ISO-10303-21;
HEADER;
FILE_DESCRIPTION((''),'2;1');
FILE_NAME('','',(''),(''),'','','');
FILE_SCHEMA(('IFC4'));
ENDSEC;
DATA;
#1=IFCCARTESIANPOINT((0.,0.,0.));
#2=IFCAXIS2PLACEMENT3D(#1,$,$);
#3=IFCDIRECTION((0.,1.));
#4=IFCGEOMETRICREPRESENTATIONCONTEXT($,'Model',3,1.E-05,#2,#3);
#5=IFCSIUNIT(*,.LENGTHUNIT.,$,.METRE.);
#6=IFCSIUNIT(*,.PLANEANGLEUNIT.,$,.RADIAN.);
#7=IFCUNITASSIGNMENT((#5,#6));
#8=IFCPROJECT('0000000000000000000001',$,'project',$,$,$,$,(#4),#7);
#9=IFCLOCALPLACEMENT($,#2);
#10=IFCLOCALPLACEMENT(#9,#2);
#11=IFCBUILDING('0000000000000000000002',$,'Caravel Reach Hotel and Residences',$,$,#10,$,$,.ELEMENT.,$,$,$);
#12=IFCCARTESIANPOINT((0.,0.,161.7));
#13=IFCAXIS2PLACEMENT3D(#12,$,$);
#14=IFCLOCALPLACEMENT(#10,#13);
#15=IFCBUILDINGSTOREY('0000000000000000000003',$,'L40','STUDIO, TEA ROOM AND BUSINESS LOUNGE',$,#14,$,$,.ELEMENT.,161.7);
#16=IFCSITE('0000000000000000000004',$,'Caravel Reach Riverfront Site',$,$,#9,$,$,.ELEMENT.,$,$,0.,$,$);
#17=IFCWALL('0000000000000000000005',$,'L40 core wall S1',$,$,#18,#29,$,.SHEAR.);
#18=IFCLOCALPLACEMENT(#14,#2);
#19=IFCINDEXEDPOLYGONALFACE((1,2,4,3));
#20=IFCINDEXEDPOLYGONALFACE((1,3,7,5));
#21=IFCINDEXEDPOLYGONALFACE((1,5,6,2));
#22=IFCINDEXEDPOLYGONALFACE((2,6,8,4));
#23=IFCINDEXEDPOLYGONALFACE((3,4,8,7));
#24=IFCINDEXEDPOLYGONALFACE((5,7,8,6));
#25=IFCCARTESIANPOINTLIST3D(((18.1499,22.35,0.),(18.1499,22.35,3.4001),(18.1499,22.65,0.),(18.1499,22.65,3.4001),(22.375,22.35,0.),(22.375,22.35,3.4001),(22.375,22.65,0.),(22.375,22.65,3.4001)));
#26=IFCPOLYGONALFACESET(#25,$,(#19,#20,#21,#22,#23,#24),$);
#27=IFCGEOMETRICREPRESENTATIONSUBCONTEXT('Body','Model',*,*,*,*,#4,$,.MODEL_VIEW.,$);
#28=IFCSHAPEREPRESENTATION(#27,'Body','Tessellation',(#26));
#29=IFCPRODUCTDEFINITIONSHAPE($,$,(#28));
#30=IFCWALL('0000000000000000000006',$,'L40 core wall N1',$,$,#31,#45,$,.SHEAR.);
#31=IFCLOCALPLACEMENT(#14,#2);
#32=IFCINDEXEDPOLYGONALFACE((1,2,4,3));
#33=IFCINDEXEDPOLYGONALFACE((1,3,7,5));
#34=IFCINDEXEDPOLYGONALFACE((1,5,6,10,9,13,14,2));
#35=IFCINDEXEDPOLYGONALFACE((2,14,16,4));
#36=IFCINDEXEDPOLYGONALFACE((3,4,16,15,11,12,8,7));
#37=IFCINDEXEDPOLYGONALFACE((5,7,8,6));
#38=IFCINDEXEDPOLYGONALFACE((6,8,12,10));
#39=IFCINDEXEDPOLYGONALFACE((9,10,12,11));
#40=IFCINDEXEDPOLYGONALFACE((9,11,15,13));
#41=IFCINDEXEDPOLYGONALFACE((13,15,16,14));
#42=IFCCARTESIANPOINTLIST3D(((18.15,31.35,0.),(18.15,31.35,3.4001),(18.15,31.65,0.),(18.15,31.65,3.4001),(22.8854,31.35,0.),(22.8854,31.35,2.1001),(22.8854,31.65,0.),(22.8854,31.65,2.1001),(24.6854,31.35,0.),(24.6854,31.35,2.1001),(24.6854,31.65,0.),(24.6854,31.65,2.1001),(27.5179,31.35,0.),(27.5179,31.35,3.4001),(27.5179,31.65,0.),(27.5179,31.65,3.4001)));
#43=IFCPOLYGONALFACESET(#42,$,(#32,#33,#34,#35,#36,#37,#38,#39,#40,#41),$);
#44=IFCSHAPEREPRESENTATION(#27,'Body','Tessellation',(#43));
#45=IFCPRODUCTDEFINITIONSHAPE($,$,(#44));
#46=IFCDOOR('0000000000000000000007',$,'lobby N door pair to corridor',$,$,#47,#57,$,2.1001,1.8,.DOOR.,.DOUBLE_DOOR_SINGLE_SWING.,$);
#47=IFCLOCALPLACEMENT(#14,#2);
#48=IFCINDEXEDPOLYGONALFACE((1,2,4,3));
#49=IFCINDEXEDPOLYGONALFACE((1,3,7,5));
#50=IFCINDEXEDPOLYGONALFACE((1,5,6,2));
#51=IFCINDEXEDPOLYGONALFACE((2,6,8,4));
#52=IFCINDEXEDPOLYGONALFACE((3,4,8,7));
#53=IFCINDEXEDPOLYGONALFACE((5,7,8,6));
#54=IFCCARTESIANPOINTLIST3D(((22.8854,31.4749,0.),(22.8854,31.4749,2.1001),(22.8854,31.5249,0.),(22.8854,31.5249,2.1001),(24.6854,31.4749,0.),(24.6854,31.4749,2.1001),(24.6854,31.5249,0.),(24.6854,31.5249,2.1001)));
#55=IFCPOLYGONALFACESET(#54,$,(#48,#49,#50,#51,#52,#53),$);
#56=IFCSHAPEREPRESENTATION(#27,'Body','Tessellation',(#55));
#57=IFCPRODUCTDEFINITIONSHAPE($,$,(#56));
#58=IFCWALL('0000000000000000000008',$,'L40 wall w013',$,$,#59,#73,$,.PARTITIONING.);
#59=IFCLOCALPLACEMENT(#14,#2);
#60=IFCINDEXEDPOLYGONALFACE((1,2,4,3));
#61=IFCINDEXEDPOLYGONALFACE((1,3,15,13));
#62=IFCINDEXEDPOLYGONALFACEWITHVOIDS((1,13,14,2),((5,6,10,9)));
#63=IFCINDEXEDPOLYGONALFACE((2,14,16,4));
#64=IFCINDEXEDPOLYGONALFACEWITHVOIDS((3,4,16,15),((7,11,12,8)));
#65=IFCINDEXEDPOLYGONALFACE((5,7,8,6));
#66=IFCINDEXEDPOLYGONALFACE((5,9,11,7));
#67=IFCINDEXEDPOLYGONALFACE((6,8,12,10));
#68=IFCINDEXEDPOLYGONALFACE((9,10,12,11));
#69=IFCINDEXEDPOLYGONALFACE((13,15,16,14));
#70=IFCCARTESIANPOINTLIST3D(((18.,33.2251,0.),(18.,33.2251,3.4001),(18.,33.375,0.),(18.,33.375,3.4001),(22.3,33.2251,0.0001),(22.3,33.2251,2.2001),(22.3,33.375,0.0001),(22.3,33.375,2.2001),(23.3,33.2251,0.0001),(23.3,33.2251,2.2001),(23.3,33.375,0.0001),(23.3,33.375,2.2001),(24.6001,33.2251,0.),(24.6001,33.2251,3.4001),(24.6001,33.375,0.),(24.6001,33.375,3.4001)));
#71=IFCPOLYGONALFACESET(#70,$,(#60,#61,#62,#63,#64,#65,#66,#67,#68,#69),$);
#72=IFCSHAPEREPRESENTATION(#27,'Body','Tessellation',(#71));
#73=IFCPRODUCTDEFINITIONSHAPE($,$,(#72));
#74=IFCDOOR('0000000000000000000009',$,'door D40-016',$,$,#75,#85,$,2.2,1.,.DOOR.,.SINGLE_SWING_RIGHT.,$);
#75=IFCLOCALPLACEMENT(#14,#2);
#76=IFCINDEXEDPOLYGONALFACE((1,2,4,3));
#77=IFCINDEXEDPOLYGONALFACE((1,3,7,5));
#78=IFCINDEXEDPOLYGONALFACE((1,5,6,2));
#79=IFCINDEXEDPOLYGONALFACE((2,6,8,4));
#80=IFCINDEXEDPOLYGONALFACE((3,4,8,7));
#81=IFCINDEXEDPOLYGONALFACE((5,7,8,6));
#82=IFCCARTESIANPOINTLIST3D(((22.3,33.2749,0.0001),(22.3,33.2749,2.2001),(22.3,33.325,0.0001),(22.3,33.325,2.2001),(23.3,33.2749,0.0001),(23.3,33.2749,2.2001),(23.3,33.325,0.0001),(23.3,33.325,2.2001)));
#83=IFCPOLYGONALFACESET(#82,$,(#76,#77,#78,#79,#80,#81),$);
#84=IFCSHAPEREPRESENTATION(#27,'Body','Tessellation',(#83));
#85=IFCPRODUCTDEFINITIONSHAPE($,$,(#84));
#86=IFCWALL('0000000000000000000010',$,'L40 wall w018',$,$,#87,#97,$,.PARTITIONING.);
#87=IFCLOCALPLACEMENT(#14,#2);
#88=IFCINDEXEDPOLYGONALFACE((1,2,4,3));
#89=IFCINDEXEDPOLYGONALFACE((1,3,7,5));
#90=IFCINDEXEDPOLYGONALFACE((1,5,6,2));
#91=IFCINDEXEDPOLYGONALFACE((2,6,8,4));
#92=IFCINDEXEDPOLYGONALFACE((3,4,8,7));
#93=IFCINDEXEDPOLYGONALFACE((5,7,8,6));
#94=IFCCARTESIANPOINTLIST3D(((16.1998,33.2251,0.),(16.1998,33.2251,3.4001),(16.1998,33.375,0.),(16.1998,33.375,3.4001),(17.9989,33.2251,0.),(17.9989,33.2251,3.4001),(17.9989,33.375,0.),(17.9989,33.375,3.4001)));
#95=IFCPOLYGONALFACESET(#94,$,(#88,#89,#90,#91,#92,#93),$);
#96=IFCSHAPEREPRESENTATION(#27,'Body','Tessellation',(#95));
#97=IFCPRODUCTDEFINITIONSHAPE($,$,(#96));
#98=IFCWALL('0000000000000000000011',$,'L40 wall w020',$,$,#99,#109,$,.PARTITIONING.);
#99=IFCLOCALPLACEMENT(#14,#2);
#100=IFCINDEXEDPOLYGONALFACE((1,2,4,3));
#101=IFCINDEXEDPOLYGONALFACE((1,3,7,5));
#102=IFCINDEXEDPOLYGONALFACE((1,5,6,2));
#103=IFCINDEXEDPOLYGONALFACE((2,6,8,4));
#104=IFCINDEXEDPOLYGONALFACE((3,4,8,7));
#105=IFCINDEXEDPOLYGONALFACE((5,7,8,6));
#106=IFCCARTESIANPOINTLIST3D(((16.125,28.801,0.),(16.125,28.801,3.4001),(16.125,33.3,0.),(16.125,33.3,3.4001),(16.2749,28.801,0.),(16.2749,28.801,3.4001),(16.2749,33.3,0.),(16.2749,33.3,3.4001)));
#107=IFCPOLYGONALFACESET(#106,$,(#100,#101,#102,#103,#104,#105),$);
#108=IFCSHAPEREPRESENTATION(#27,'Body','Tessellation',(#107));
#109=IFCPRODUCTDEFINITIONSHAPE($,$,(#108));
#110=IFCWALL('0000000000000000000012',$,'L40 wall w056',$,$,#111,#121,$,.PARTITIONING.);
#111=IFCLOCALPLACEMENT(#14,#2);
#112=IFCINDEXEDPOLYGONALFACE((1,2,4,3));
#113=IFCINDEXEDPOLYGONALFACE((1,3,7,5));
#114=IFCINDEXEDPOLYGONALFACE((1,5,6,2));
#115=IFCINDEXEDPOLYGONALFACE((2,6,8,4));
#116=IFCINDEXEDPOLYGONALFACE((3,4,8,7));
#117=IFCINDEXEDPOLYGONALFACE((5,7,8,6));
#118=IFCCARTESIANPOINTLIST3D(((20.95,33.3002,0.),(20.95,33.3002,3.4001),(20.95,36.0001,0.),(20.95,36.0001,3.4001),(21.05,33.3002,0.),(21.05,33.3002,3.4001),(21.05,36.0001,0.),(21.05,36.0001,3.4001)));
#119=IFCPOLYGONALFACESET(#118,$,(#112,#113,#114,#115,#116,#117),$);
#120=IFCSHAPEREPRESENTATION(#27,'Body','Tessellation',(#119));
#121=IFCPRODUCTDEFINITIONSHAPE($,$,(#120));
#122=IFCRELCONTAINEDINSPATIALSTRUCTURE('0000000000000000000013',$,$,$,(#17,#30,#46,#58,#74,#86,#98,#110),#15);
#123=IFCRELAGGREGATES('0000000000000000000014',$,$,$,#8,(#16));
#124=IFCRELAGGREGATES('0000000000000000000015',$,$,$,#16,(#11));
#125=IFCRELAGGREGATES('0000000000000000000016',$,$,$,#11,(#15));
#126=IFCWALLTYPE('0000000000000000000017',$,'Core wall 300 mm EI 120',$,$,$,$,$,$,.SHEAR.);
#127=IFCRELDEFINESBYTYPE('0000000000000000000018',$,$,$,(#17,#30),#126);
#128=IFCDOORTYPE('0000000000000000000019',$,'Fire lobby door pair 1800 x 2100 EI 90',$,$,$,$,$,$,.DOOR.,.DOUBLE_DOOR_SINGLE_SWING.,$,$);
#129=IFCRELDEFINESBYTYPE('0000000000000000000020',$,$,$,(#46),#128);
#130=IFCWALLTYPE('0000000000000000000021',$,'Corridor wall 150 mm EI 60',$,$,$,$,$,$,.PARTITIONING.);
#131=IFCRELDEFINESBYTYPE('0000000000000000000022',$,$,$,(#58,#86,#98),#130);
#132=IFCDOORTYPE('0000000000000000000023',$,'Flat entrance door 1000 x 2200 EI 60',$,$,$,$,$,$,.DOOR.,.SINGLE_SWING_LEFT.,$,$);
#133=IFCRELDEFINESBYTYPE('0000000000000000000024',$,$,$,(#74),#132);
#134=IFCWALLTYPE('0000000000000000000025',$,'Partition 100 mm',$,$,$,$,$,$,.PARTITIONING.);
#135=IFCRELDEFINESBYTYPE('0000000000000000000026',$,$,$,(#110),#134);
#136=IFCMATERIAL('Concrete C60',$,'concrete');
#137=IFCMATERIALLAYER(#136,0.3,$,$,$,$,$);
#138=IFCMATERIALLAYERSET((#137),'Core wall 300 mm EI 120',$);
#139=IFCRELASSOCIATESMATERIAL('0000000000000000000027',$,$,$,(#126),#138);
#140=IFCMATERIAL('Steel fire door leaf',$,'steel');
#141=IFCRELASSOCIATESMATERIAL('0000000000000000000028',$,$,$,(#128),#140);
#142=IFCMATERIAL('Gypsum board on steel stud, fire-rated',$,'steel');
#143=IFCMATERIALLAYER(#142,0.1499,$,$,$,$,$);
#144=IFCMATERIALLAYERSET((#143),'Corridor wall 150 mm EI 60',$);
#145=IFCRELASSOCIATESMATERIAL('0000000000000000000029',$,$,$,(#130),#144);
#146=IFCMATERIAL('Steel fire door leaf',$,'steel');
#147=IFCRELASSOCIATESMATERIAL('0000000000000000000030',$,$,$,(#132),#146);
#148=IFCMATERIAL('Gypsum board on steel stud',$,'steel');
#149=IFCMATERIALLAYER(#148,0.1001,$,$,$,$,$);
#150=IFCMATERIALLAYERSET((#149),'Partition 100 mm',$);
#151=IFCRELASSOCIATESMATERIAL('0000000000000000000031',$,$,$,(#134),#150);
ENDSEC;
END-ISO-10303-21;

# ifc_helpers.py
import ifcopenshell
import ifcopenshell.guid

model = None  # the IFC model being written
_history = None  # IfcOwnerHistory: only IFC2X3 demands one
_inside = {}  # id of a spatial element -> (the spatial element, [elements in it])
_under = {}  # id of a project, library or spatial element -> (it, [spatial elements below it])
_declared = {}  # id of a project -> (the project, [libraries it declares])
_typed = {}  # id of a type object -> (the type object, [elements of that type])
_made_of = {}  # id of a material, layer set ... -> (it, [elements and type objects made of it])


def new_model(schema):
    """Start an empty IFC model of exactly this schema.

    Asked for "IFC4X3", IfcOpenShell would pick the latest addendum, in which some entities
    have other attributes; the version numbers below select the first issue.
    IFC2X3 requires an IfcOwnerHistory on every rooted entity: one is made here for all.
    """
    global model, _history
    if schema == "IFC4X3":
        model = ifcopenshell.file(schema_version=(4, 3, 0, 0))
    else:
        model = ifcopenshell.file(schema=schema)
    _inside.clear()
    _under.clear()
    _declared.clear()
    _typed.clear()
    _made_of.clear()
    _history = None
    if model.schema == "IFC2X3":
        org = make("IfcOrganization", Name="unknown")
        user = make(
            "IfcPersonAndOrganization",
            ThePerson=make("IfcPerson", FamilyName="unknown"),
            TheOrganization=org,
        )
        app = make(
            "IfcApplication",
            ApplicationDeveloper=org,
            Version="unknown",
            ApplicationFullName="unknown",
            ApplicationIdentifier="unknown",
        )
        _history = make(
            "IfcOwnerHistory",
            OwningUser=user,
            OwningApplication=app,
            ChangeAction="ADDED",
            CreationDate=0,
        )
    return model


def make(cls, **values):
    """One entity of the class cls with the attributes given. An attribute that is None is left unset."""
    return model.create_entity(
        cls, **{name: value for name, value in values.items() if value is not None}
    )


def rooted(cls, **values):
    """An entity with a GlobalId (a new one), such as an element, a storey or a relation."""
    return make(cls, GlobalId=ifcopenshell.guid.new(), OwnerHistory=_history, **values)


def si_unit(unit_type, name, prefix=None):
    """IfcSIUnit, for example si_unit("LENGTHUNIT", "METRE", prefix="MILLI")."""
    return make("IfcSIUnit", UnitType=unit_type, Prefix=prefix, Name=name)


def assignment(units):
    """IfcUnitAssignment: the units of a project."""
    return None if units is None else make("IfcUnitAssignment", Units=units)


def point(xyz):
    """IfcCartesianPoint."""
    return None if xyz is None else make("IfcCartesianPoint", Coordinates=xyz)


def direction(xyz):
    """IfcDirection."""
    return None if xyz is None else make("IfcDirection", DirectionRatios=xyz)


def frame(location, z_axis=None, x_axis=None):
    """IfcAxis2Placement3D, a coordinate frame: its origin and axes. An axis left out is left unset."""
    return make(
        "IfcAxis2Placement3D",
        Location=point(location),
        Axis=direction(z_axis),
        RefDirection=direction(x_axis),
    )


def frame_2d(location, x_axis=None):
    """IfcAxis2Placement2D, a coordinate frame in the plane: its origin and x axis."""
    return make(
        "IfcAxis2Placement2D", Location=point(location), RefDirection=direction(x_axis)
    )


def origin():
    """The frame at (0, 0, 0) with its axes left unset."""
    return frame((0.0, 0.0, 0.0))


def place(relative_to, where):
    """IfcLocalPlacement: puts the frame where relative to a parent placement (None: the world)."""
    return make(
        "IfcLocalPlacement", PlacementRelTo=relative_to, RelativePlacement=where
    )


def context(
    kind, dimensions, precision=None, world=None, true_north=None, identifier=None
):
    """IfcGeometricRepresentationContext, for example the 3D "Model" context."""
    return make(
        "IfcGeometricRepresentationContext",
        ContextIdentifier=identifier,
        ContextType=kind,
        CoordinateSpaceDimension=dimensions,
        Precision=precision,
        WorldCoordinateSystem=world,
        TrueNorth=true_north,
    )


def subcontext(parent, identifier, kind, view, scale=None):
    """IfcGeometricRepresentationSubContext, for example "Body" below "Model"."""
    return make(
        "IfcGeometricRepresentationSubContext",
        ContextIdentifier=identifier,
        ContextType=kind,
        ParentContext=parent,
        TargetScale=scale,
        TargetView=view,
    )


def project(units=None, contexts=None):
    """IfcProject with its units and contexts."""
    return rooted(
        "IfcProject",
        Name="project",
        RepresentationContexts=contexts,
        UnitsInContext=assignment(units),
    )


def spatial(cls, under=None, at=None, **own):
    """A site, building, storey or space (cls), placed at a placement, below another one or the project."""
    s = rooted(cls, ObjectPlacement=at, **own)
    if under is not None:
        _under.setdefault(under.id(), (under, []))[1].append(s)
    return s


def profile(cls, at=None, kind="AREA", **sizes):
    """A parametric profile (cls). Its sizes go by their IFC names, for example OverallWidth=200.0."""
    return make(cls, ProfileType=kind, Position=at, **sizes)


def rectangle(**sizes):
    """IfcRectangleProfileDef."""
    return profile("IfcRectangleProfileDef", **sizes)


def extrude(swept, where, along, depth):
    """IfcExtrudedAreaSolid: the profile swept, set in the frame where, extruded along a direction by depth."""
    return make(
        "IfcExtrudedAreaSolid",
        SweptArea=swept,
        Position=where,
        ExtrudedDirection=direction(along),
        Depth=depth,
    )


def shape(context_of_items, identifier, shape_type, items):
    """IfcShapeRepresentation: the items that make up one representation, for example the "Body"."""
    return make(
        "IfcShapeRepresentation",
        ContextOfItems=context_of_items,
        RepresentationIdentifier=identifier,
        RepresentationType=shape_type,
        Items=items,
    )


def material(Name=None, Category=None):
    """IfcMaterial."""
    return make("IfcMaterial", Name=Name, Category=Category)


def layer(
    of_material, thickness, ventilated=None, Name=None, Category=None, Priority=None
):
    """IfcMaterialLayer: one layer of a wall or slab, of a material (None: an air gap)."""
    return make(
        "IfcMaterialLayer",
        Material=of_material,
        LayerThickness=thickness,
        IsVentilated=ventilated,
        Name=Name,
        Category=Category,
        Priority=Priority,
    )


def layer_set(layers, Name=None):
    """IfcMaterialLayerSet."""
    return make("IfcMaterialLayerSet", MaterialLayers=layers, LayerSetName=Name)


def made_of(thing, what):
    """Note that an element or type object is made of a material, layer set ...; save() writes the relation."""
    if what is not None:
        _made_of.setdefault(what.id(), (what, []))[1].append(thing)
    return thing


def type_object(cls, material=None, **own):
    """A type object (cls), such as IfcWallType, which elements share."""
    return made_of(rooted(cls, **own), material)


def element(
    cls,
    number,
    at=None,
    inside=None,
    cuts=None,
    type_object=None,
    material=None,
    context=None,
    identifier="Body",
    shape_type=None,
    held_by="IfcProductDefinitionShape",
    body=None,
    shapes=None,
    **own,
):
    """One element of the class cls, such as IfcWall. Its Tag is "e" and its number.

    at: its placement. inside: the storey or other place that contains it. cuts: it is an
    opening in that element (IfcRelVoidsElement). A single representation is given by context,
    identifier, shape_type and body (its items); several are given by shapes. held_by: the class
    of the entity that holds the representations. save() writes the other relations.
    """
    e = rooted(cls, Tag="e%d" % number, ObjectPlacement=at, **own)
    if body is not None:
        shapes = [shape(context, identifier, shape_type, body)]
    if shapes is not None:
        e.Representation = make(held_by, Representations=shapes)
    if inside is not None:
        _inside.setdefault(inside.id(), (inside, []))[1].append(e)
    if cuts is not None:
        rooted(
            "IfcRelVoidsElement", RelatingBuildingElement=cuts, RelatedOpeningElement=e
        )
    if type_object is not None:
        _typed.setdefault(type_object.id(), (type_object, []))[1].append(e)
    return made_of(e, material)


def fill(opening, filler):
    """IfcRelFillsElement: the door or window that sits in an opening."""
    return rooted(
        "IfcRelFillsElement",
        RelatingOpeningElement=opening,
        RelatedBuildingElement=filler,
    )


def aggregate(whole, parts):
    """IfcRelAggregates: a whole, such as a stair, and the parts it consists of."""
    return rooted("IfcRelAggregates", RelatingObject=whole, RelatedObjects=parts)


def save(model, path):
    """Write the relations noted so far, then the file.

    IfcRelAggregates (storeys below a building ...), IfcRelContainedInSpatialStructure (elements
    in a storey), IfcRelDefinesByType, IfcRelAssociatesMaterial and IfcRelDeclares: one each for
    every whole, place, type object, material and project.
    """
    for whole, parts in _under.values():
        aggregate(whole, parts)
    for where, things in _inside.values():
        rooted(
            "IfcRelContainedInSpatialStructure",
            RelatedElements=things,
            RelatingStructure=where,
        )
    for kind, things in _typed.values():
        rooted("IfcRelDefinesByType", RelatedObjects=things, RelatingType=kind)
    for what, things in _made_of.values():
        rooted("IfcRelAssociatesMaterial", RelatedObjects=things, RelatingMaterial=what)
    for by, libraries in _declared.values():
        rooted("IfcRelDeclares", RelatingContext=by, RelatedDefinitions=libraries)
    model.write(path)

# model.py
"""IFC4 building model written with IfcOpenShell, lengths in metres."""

from ifc_helpers import new_model, si_unit, direction, frame, frame_2d, origin, place, context, subcontext, project, spatial, rectangle, extrude, material, layer, layer_set, type_object, element, fill, save


model = new_model("IFC4")

# Units and contexts
model_context = context("Model", 3, precision=1e-05, world=origin(), true_north=direction((0.0, 1.0)))
body_context = subcontext(model_context, "Body", "Model", "MODEL_VIEW")
ifc_project = project(units=[si_unit("LENGTHUNIT", "METRE"), si_unit("PLANEANGLEUNIT", "RADIAN")], contexts=[model_context])

# Site, building, storey
site_placement = place(None, origin())
site = spatial("IfcSite", under=ifc_project, at=site_placement, Name="Caravel Reach Riverfront Site", CompositionType="ELEMENT", RefElevation=0.0)
building_placement = place(site_placement, origin())
building = spatial("IfcBuilding", under=site, at=building_placement, Name="Caravel Reach Hotel and Residences", CompositionType="ELEMENT")
storey_placement = place(building_placement, frame((0.0, 0.0, 161.7)))
storey = spatial("IfcBuildingStorey", under=building, at=storey_placement, Name="L40", Description="STUDIO, TEA ROOM AND BUSINESS LOUNGE", CompositionType="ELEMENT", Elevation=161.7)

# Wall
ifc_material_1 = material(Name="Concrete C60", Category="concrete")
ifc_layer_1 = layer(ifc_material_1, 0.3)
ifc_layer_set_1 = layer_set([ifc_layer_1], Name="Core wall 300 mm EI 120")
wall_type_1 = type_object("IfcWallType", Name="Core wall 300 mm EI 120", PredefinedType="SHEAR", material=ifc_layer_set_1)
wall_1_placement = place(storey_placement, frame((18.1499, 22.5, 0.0), z_axis=(0.0, 0.0, 1.0), x_axis=(1.0, 0.0, 0.0)))
element("IfcWall", 1, at=wall_1_placement, inside=storey, type_object=wall_type_1, Name="L40 core wall S1", PredefinedType="SHEAR", context=body_context, shape_type="SweptSolid", body=[
    extrude(rectangle(XDim=4.2251, YDim=0.3, at=frame_2d((2.1125, 0.0))), origin(), (0.0, 0.0, 1.0), 3.4001),
])

# Walls, openings, doors
wall_2_placement = place(storey_placement, frame((18.1499, 31.5, 0.0), z_axis=(0.0, 0.0, 1.0), x_axis=(1.0, 0.0, 0.0)))
wall_2 = element("IfcWall", 2, at=wall_2_placement, inside=storey, type_object=wall_type_1, Name="L40 core wall N1", PredefinedType="SHEAR", context=body_context, shape_type="SweptSolid", body=[
    extrude(rectangle(XDim=9.3679, YDim=0.3, at=frame_2d((4.6841, 0.0))), origin(), (0.0, 0.0, 1.0), 3.4001),
])
opening_1_placement = place(wall_2_placement, frame((4.7356, 0.0, 0.0)))
opening_1 = element("IfcOpeningElement", 3, at=opening_1_placement, cuts=wall_2, PredefinedType="OPENING", context=body_context, shape_type="SweptSolid", body=[
    extrude(rectangle(XDim=1.8, YDim=2.1001, at=frame_2d((0.8999, 1.05))), frame((0.0, 0.1599, 0.0), z_axis=(0.0, -1.0, 0.0), x_axis=(1.0, 0.0, 0.0)), (0.0, 0.0, 1.0), 0.3201),
])
ifc_material_2 = material(Name="Steel fire door leaf", Category="steel")
door_type_1 = type_object("IfcDoorType", Name="Fire lobby door pair 1800 x 2100 EI 90", OperationType="DOUBLE_DOOR_SINGLE_SWING", PredefinedType="DOOR", material=ifc_material_2)
door_1_placement = place(opening_1_placement, origin())
door_1 = element("IfcDoor", 4, at=door_1_placement, inside=storey, type_object=door_type_1, Name="lobby N door pair to corridor", OperationType="DOUBLE_DOOR_SINGLE_SWING", OverallHeight=2.1001, OverallWidth=1.8, PredefinedType="DOOR", context=body_context, shape_type="SweptSolid", body=[
    extrude(rectangle(XDim=1.8, YDim=2.1001, at=frame_2d((0.8999, 1.05))), frame((0.0, 0.0249, 0.0), z_axis=(0.0, -1.0, 0.0), x_axis=(1.0, 0.0, 0.0)), (0.0, 0.0, 1.0), 0.05),
])
fill(opening_1, door_1)
ifc_material_3 = material(Name="Gypsum board on steel stud, fire-rated", Category="steel")
ifc_layer_2 = layer(ifc_material_3, 0.1499)
ifc_layer_set_2 = layer_set([ifc_layer_2], Name="Corridor wall 150 mm EI 60")
wall_type_2 = type_object("IfcWallType", Name="Corridor wall 150 mm EI 60", PredefinedType="PARTITIONING", material=ifc_layer_set_2)
wall_3_placement = place(storey_placement, frame((18.0, 33.3, 0.0), z_axis=(0.0, 0.0, 1.0), x_axis=(1.0, 0.0, 0.0)))
wall_3 = element("IfcWall", 5, at=wall_3_placement, inside=storey, type_object=wall_type_2, Name="L40 wall w013", PredefinedType="PARTITIONING", context=body_context, shape_type="SweptSolid", body=[
    extrude(rectangle(XDim=6.6001, YDim=0.1499, at=frame_2d((3.3, 0.0))), origin(), (0.0, 0.0, 1.0), 3.4001),
])
opening_2_placement = place(wall_3_placement, frame((4.3, 0.0, 0.0)))
opening_2 = element("IfcOpeningElement", 6, at=opening_2_placement, cuts=wall_3, PredefinedType="OPENING", context=body_context, shape_type="SweptSolid", body=[
    extrude(rectangle(XDim=1.0, YDim=2.2, at=frame_2d((0.5, 1.1001))), frame((0.0, 0.085, 0.0), z_axis=(0.0, -1.0, 0.0), x_axis=(1.0, 0.0, 0.0)), (0.0, 0.0, 1.0), 0.1699),
])
ifc_material_4 = material(Name="Steel fire door leaf", Category="steel")
door_type_2 = type_object("IfcDoorType", Name="Flat entrance door 1000 x 2200 EI 60", OperationType="SINGLE_SWING_LEFT", PredefinedType="DOOR", material=ifc_material_4)
door_2_placement = place(opening_2_placement, origin())
door_2 = element("IfcDoor", 7, at=door_2_placement, inside=storey, type_object=door_type_2, Name="door D40-016", OperationType="SINGLE_SWING_RIGHT", OverallHeight=2.2, OverallWidth=1.0, PredefinedType="DOOR", context=body_context, shape_type="SweptSolid", body=[
    extrude(rectangle(XDim=1.0, YDim=2.2, at=frame_2d((0.5, 1.1001))), frame((0.0, 0.0249, 0.0), z_axis=(0.0, -1.0, 0.0), x_axis=(1.0, 0.0, 0.0)), (0.0, 0.0, 1.0), 0.05),
])
fill(opening_2, door_2)

# Walls
wall_4_placement = place(storey_placement, frame((16.2, 33.3, 0.0), z_axis=(0.0, 0.0, 1.0), x_axis=(1.0, 0.0, 0.0)))
element("IfcWall", 8, at=wall_4_placement, inside=storey, type_object=wall_type_2, Name="L40 wall w018", PredefinedType="PARTITIONING", context=body_context, shape_type="SweptSolid", body=[
    extrude(rectangle(XDim=1.7991, YDim=0.1499, at=frame_2d((0.8994, 0.0))), origin(), (0.0, 0.0, 1.0), 3.4001),
])
wall_5_placement = place(storey_placement, frame((16.2, 28.801, 0.0), z_axis=(0.0, 0.0, 1.0), x_axis=(0.0, 1.0, 0.0)))
element("IfcWall", 9, at=wall_5_placement, inside=storey, type_object=wall_type_2, Name="L40 wall w020", PredefinedType="PARTITIONING", context=body_context, shape_type="SweptSolid", body=[
    extrude(rectangle(XDim=4.499, YDim=0.1499, at=frame_2d((2.2495, 0.0))), origin(), (0.0, 0.0, 1.0), 3.4001),
])
ifc_material_5 = material(Name="Gypsum board on steel stud", Category="steel")
ifc_layer_3 = layer(ifc_material_5, 0.1001)
ifc_layer_set_3 = layer_set([ifc_layer_3], Name="Partition 100 mm")
wall_type_3 = type_object("IfcWallType", Name="Partition 100 mm", PredefinedType="PARTITIONING", material=ifc_layer_set_3)
wall_6_placement = place(storey_placement, frame((21.0, 33.3, 0.0), z_axis=(0.0, 0.0, 1.0), x_axis=(0.0, 1.0, 0.0)))
element("IfcWall", 10, at=wall_6_placement, inside=storey, type_object=wall_type_3, Name="L40 wall w056", PredefinedType="PARTITIONING", context=body_context, shape_type="SweptSolid", body=[
    extrude(rectangle(XDim=2.7, YDim=0.1001, at=frame_2d((1.3501, 0.0))), origin(), (0.0, 0.0, 1.0), 3.4001),
])

save(model, "model.ifc")
